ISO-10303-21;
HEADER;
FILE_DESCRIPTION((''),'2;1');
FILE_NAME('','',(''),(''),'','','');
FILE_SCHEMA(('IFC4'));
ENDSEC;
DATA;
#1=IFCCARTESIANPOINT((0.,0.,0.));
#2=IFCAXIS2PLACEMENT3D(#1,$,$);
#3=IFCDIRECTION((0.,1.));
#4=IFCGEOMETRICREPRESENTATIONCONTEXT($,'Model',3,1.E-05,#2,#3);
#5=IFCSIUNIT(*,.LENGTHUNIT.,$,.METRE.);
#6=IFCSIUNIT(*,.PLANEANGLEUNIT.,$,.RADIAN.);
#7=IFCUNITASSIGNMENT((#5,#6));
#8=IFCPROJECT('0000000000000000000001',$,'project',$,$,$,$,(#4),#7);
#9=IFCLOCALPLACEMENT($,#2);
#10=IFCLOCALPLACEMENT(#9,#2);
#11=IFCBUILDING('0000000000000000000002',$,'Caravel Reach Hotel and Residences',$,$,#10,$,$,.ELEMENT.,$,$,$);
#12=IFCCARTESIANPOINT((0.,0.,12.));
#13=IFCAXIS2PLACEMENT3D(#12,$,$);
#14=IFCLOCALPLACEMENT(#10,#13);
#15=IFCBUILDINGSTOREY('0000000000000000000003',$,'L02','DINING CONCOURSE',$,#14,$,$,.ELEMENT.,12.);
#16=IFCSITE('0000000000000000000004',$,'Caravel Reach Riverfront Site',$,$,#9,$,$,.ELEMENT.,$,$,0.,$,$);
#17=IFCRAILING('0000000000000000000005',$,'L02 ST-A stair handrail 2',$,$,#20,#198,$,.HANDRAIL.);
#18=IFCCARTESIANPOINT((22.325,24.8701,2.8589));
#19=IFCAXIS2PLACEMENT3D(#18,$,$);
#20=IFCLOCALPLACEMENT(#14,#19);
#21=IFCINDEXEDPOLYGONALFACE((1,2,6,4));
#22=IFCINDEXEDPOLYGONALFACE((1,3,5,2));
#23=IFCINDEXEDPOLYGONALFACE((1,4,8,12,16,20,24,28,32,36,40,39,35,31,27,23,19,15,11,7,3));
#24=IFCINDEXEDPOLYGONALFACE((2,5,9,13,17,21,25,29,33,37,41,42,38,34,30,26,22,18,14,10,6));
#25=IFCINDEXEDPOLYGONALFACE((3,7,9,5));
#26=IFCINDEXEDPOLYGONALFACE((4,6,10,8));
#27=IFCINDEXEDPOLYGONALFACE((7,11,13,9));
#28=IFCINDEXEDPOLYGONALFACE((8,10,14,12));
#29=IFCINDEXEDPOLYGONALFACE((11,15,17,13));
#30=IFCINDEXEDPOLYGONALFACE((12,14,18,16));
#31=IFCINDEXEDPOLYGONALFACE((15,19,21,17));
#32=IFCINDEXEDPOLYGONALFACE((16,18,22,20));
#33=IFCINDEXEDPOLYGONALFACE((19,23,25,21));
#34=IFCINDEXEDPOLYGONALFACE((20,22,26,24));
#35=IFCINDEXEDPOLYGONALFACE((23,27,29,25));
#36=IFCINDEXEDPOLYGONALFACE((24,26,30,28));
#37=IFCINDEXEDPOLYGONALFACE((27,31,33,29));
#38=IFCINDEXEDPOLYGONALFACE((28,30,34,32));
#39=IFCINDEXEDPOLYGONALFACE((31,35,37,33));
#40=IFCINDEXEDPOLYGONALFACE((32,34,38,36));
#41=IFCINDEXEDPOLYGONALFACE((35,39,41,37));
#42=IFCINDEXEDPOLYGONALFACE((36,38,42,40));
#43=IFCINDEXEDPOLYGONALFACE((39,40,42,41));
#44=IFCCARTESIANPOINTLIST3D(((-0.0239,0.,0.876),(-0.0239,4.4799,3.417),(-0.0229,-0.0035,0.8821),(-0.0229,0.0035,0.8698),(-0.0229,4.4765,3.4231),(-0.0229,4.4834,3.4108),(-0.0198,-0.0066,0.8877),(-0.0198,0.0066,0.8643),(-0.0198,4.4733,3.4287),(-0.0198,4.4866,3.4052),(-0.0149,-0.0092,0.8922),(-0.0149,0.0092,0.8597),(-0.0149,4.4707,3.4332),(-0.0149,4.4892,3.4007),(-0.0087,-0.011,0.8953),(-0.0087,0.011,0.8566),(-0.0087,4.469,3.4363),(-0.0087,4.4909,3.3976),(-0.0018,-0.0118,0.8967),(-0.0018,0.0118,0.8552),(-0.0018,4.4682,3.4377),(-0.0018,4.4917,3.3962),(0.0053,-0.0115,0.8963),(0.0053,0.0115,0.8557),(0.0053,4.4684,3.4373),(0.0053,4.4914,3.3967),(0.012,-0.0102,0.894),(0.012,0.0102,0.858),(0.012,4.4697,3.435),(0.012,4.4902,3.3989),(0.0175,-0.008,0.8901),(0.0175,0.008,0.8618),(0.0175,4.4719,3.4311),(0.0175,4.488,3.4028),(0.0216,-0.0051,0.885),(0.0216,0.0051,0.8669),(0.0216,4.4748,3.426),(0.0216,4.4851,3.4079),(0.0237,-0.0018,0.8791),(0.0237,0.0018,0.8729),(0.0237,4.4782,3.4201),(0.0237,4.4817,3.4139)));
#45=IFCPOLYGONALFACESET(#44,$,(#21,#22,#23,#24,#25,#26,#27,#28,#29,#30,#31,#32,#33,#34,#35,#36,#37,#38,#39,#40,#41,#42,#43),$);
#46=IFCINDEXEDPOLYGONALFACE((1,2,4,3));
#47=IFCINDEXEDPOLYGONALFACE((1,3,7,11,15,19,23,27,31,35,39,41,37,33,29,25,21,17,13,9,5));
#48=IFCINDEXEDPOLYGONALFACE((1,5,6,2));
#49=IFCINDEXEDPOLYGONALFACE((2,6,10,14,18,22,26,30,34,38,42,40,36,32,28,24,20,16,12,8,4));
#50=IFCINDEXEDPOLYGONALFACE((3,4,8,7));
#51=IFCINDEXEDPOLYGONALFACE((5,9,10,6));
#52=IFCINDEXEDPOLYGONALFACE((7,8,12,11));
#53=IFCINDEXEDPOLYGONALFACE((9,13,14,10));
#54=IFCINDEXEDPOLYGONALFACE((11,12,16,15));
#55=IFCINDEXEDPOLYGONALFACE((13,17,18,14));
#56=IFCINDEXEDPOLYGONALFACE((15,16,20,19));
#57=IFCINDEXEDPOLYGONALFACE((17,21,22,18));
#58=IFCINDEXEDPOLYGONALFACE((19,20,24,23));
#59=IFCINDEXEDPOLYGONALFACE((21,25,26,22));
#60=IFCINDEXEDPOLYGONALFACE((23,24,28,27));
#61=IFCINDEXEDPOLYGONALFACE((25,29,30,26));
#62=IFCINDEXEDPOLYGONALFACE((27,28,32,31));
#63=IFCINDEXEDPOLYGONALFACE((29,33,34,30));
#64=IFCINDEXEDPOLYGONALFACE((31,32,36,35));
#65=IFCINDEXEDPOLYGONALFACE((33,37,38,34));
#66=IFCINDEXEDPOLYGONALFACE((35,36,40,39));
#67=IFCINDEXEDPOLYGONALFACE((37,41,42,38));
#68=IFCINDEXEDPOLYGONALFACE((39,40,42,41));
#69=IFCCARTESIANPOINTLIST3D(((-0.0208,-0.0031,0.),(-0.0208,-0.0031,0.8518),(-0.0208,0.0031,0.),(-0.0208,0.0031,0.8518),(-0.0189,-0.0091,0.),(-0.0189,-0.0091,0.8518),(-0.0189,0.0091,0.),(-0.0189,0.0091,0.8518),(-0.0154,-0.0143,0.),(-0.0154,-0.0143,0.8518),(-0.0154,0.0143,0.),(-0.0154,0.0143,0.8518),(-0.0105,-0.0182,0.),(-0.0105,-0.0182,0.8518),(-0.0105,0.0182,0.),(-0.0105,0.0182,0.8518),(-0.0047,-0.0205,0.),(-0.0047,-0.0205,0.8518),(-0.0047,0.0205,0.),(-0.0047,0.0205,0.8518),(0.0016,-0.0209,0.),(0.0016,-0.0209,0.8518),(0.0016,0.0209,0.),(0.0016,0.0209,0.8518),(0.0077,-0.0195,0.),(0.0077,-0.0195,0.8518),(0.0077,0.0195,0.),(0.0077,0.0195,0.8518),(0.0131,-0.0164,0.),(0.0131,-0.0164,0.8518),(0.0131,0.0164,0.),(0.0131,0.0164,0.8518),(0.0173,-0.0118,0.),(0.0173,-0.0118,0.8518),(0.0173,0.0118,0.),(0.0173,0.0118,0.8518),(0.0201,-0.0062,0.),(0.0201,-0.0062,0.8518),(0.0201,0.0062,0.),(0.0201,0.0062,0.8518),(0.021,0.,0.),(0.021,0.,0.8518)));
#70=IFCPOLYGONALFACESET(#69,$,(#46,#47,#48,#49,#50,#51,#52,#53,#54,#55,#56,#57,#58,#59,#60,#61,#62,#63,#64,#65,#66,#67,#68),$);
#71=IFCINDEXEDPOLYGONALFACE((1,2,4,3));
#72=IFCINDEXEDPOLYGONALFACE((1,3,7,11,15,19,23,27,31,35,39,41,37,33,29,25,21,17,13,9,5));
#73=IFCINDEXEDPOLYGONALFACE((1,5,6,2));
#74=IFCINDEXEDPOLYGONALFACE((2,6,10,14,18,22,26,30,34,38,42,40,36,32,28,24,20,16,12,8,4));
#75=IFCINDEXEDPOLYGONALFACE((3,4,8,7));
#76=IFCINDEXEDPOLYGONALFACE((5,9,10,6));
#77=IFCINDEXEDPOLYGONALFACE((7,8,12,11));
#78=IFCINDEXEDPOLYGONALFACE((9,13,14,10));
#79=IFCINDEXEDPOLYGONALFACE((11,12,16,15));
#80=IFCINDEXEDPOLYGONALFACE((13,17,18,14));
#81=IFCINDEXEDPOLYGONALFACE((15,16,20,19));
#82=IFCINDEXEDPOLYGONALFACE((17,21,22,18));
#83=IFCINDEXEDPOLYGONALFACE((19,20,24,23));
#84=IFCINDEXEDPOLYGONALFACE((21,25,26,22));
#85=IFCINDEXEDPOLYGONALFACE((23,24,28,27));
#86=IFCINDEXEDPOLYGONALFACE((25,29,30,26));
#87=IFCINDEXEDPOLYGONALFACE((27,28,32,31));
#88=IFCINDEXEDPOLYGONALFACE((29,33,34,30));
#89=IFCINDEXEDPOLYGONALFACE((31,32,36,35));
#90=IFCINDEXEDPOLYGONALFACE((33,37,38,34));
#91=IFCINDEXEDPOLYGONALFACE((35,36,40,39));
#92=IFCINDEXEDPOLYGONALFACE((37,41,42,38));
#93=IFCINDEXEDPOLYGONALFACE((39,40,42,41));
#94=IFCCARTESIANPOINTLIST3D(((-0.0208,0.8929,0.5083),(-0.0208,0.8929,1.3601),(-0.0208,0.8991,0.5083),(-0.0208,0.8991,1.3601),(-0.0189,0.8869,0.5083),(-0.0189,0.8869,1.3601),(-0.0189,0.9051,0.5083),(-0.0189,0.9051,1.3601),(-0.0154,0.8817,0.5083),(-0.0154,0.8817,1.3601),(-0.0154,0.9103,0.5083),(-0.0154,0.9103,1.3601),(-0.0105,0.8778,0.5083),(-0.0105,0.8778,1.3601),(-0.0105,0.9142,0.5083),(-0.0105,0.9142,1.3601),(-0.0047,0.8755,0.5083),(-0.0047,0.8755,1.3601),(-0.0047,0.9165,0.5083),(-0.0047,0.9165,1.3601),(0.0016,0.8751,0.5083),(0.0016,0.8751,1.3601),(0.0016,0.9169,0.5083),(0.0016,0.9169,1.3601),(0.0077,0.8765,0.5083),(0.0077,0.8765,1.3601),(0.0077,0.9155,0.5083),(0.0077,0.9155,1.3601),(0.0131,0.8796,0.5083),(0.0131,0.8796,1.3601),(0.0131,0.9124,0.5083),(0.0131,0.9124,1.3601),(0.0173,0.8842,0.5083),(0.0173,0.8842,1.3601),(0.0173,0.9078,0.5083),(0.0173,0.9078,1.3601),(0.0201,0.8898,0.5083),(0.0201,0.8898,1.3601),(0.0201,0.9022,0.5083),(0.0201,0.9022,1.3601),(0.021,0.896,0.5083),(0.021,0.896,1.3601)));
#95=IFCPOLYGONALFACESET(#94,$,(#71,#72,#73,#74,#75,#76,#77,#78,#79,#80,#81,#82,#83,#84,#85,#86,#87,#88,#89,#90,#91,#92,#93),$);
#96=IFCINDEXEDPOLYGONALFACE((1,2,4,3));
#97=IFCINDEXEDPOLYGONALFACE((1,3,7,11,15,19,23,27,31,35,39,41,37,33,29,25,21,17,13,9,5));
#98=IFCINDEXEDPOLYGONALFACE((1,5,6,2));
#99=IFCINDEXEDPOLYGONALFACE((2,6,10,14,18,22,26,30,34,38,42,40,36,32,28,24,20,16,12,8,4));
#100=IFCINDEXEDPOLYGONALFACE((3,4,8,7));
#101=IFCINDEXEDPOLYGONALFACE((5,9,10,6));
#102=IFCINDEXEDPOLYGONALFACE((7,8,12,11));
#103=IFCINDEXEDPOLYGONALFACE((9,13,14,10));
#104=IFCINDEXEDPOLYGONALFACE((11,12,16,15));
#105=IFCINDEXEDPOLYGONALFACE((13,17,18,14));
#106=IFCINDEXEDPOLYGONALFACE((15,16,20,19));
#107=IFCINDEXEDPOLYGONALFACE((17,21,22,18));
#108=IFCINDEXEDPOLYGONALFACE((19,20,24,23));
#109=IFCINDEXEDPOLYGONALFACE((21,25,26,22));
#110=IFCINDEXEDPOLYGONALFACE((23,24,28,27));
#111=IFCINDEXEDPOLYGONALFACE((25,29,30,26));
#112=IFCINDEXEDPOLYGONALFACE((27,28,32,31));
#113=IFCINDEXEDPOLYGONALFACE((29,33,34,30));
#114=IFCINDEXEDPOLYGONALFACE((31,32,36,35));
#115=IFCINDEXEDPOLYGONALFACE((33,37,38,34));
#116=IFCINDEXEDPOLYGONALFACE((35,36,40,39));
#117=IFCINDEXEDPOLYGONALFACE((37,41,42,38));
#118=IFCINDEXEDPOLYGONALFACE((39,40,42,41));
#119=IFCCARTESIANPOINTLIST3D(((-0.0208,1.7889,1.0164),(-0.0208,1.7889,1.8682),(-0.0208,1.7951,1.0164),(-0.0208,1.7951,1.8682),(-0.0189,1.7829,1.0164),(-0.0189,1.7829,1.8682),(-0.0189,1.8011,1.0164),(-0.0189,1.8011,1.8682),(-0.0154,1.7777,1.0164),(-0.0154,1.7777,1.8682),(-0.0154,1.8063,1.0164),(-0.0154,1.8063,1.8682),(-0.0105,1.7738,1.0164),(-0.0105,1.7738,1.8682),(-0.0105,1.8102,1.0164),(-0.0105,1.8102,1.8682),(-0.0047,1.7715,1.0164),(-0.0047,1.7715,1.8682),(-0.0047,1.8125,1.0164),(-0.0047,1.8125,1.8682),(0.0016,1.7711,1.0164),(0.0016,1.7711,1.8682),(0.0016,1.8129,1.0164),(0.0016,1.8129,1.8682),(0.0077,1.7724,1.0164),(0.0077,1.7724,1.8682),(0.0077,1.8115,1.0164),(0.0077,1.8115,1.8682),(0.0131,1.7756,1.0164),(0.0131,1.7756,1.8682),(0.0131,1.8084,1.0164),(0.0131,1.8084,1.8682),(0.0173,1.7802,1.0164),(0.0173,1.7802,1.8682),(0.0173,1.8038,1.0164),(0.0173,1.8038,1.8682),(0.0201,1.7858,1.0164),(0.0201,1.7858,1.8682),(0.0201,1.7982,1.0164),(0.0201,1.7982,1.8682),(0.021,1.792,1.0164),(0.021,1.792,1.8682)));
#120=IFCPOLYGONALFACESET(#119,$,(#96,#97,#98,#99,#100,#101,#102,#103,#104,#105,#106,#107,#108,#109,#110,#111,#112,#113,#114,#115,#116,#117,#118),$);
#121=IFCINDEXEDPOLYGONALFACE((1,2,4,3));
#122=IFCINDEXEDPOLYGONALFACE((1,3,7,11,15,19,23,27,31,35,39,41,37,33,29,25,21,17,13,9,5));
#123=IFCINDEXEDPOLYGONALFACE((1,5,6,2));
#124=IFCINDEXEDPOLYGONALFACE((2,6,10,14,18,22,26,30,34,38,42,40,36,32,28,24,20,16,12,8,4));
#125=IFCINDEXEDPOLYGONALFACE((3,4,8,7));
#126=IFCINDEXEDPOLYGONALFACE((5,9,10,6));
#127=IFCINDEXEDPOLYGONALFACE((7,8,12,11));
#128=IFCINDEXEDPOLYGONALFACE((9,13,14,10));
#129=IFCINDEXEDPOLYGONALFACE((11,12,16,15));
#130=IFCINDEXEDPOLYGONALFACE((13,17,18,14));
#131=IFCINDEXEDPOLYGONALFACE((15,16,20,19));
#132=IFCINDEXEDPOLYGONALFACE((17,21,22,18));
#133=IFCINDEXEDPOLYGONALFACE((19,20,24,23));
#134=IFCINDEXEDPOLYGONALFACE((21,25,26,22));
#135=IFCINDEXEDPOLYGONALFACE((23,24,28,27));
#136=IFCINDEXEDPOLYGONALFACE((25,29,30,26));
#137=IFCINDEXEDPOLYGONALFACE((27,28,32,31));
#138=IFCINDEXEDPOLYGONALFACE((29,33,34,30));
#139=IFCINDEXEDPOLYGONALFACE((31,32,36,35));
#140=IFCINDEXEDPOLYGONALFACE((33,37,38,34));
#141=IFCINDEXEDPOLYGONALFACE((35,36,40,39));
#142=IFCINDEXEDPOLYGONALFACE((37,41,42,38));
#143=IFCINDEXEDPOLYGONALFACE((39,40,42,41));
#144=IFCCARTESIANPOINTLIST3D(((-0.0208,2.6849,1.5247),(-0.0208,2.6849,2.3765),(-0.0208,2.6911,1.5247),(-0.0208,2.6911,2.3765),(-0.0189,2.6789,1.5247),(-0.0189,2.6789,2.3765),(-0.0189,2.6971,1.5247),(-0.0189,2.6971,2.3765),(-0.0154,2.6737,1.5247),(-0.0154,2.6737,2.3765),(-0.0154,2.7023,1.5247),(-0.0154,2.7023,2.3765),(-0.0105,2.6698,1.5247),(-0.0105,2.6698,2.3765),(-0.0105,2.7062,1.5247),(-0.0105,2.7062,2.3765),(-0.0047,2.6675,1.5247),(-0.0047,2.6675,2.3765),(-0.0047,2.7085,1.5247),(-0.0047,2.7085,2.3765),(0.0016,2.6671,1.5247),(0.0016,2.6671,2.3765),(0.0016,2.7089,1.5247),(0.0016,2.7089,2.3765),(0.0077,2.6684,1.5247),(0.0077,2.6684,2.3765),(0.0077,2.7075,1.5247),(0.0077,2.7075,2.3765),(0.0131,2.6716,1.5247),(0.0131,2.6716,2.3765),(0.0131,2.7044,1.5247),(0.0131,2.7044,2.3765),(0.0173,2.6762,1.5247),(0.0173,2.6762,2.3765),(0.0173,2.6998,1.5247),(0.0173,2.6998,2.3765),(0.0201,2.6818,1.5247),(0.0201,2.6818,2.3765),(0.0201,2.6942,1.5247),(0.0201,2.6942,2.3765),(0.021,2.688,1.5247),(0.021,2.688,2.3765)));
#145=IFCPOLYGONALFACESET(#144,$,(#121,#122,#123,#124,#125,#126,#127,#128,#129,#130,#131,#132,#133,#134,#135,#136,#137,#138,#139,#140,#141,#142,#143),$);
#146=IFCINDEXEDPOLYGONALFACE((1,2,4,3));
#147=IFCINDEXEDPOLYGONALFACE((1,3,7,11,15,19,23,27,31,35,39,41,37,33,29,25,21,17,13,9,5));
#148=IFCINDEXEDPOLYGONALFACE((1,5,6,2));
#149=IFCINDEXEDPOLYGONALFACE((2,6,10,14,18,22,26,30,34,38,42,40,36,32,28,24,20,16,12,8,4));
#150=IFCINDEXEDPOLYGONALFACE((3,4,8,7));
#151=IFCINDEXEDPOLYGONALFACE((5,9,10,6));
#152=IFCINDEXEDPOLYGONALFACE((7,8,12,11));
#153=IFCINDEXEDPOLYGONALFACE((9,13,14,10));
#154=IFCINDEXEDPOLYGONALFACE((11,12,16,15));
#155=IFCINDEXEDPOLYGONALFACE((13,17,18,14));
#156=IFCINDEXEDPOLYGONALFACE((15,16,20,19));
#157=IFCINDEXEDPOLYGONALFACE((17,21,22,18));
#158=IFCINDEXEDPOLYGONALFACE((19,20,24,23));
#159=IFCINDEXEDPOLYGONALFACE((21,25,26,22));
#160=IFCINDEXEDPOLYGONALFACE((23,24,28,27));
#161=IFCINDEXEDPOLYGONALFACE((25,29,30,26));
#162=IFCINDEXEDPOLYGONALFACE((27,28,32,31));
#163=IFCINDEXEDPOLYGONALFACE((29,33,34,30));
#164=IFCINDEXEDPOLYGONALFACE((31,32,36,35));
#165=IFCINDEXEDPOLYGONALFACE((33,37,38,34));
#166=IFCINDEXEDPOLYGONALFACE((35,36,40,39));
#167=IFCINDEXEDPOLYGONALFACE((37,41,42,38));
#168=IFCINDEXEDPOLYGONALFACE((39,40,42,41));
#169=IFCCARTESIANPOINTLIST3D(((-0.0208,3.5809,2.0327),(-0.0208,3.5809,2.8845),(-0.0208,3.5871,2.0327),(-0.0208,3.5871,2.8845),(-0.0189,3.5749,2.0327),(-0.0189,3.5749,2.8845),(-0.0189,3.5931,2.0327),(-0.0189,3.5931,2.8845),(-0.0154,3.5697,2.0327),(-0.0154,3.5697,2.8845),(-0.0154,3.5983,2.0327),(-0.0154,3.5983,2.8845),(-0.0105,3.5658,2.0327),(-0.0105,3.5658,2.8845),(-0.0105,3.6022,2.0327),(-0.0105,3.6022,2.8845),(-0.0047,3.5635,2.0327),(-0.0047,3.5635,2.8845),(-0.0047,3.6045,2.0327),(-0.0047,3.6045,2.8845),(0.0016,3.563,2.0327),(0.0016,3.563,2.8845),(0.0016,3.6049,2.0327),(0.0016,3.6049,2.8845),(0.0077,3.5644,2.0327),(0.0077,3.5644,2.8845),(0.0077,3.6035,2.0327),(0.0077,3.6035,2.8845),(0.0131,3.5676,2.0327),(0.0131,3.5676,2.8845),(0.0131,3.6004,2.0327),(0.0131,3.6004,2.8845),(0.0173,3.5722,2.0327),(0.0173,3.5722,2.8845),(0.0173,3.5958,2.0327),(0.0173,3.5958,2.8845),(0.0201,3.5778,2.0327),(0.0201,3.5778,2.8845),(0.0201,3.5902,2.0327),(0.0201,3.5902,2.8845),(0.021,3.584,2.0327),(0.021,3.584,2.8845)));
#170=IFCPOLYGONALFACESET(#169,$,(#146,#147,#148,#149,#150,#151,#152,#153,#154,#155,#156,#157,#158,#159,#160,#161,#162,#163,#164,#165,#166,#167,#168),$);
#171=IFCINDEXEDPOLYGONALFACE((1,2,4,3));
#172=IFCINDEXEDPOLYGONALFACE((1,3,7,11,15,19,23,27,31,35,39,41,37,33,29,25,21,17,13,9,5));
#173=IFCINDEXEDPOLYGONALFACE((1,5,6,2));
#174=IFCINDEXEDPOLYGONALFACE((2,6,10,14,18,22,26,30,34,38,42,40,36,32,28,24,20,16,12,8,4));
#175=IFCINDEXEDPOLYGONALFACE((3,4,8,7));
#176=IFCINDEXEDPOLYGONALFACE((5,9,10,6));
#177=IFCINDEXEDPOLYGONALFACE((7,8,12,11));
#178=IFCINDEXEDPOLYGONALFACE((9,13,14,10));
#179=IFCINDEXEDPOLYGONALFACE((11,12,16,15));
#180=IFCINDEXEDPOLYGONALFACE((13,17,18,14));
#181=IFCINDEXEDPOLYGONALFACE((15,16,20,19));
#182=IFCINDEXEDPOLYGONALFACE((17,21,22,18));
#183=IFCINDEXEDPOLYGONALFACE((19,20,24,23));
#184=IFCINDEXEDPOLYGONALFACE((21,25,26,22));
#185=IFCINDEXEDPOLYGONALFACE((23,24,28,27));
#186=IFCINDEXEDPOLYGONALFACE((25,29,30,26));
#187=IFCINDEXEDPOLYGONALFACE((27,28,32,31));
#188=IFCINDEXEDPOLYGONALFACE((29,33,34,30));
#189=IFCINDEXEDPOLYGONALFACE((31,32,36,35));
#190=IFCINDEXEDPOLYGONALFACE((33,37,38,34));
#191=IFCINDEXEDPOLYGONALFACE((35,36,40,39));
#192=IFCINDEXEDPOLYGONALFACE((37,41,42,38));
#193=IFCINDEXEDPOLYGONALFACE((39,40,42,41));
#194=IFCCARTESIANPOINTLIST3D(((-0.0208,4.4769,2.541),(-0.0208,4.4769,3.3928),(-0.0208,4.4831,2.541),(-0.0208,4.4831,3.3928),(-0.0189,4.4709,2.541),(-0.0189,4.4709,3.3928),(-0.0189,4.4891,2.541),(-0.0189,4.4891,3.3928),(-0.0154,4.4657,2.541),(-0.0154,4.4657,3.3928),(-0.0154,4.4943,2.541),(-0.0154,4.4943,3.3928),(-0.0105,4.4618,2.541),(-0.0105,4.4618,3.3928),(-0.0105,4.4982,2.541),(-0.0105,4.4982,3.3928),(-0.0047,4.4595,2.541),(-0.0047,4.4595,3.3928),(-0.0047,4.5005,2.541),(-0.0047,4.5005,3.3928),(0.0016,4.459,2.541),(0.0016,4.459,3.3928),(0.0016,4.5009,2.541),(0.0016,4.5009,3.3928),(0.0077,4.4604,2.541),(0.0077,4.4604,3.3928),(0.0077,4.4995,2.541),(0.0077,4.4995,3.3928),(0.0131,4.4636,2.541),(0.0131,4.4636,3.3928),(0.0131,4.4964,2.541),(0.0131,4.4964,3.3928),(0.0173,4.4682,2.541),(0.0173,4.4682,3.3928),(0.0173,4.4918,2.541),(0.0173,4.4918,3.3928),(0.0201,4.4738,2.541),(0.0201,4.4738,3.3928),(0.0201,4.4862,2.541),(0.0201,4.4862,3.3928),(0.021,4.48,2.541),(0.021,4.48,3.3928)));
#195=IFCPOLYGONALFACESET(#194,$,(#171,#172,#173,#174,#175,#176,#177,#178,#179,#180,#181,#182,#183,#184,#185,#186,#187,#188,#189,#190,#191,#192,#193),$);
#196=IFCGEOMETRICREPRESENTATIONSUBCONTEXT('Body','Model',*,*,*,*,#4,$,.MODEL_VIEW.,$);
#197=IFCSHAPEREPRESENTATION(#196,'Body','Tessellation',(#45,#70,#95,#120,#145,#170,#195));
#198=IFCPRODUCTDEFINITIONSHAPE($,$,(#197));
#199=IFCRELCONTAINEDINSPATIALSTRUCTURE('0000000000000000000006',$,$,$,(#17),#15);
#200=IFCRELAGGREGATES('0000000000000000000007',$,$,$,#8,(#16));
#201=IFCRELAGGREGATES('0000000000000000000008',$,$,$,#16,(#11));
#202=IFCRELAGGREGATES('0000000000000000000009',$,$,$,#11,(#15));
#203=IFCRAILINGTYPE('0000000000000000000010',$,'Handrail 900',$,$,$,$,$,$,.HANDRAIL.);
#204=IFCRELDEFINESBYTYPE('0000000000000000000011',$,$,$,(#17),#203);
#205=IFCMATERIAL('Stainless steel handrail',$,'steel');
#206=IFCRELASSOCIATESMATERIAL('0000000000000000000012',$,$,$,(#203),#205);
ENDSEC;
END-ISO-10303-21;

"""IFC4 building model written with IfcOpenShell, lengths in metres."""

from ifc_helpers import new_model, si_unit, direction, frame, origin, origin_2d, place, context, subcontext, project, spatial, circle, extrude, material, type_object, element, save


model = new_model("IFC4")

# Units and contexts
model_context = context("Model", 3, precision=1e-05, world=origin(), true_north=direction((0.0, 1.0)))
body_context = subcontext(model_context, "Body", "Model", "MODEL_VIEW")
ifc_project = project(units=[si_unit("LENGTHUNIT", "METRE"), si_unit("PLANEANGLEUNIT", "RADIAN")], contexts=[model_context])

# Site, building, storey
site_placement = place(None, origin())
site = spatial("IfcSite", under=ifc_project, at=site_placement, Name="Caravel Reach Riverfront Site", CompositionType="ELEMENT", RefElevation=0.0)
building_placement = place(site_placement, origin())
building = spatial("IfcBuilding", under=site, at=building_placement, Name="Caravel Reach Hotel and Residences", CompositionType="ELEMENT")
storey_placement = place(building_placement, frame((0.0, 0.0, 12.0)))
storey = spatial("IfcBuildingStorey", under=building, at=storey_placement, Name="L02", Description="DINING CONCOURSE", CompositionType="ELEMENT", Elevation=12.0)

# Railing
ifc_material_1 = material(Name="Stainless steel handrail", Category="steel")
railing_type_1 = type_object("IfcRailingType", Name="Handrail 900", PredefinedType="HANDRAIL", material=ifc_material_1)
railing_1_placement = place(storey_placement, frame((22.325, 24.8701, 2.8589)))
element("IfcRailing", 1, at=railing_1_placement, inside=storey, type_object=railing_type_1, Name="L02 ST-A stair handrail 2", PredefinedType="HANDRAIL", context=body_context, shape_type="SweptSolid", body=[
    extrude(circle(Radius=0.0239, at=origin_2d()), frame((0.0, 0.0, 0.876), z_axis=(0.0, 0.869826, 0.493359), x_axis=(-1.0, 0.0, 0.0)), (0.0, 0.0, 1.0), 5.1504),
    extrude(circle(Radius=0.021, at=origin_2d()), origin(), (0.0, 0.0, 1.0), 0.8518),
    extrude(circle(Radius=0.021, at=origin_2d()), frame((0.0, 0.896, 0.5083)), (0.0, 0.0, 1.0), 0.8518),
    extrude(circle(Radius=0.021, at=origin_2d()), frame((0.0, 1.792, 1.0164)), (0.0, 0.0, 1.0), 0.8518),
    extrude(circle(Radius=0.021, at=origin_2d()), frame((0.0, 2.688, 1.5247)), (0.0, 0.0, 1.0), 0.8518),
    extrude(circle(Radius=0.021, at=origin_2d()), frame((0.0, 3.584, 2.0327)), (0.0, 0.0, 1.0), 0.8518),
    extrude(circle(Radius=0.021, at=origin_2d()), frame((0.0, 4.48, 2.541)), (0.0, 0.0, 1.0), 0.8518),
])

save(model, "model.ifc")
